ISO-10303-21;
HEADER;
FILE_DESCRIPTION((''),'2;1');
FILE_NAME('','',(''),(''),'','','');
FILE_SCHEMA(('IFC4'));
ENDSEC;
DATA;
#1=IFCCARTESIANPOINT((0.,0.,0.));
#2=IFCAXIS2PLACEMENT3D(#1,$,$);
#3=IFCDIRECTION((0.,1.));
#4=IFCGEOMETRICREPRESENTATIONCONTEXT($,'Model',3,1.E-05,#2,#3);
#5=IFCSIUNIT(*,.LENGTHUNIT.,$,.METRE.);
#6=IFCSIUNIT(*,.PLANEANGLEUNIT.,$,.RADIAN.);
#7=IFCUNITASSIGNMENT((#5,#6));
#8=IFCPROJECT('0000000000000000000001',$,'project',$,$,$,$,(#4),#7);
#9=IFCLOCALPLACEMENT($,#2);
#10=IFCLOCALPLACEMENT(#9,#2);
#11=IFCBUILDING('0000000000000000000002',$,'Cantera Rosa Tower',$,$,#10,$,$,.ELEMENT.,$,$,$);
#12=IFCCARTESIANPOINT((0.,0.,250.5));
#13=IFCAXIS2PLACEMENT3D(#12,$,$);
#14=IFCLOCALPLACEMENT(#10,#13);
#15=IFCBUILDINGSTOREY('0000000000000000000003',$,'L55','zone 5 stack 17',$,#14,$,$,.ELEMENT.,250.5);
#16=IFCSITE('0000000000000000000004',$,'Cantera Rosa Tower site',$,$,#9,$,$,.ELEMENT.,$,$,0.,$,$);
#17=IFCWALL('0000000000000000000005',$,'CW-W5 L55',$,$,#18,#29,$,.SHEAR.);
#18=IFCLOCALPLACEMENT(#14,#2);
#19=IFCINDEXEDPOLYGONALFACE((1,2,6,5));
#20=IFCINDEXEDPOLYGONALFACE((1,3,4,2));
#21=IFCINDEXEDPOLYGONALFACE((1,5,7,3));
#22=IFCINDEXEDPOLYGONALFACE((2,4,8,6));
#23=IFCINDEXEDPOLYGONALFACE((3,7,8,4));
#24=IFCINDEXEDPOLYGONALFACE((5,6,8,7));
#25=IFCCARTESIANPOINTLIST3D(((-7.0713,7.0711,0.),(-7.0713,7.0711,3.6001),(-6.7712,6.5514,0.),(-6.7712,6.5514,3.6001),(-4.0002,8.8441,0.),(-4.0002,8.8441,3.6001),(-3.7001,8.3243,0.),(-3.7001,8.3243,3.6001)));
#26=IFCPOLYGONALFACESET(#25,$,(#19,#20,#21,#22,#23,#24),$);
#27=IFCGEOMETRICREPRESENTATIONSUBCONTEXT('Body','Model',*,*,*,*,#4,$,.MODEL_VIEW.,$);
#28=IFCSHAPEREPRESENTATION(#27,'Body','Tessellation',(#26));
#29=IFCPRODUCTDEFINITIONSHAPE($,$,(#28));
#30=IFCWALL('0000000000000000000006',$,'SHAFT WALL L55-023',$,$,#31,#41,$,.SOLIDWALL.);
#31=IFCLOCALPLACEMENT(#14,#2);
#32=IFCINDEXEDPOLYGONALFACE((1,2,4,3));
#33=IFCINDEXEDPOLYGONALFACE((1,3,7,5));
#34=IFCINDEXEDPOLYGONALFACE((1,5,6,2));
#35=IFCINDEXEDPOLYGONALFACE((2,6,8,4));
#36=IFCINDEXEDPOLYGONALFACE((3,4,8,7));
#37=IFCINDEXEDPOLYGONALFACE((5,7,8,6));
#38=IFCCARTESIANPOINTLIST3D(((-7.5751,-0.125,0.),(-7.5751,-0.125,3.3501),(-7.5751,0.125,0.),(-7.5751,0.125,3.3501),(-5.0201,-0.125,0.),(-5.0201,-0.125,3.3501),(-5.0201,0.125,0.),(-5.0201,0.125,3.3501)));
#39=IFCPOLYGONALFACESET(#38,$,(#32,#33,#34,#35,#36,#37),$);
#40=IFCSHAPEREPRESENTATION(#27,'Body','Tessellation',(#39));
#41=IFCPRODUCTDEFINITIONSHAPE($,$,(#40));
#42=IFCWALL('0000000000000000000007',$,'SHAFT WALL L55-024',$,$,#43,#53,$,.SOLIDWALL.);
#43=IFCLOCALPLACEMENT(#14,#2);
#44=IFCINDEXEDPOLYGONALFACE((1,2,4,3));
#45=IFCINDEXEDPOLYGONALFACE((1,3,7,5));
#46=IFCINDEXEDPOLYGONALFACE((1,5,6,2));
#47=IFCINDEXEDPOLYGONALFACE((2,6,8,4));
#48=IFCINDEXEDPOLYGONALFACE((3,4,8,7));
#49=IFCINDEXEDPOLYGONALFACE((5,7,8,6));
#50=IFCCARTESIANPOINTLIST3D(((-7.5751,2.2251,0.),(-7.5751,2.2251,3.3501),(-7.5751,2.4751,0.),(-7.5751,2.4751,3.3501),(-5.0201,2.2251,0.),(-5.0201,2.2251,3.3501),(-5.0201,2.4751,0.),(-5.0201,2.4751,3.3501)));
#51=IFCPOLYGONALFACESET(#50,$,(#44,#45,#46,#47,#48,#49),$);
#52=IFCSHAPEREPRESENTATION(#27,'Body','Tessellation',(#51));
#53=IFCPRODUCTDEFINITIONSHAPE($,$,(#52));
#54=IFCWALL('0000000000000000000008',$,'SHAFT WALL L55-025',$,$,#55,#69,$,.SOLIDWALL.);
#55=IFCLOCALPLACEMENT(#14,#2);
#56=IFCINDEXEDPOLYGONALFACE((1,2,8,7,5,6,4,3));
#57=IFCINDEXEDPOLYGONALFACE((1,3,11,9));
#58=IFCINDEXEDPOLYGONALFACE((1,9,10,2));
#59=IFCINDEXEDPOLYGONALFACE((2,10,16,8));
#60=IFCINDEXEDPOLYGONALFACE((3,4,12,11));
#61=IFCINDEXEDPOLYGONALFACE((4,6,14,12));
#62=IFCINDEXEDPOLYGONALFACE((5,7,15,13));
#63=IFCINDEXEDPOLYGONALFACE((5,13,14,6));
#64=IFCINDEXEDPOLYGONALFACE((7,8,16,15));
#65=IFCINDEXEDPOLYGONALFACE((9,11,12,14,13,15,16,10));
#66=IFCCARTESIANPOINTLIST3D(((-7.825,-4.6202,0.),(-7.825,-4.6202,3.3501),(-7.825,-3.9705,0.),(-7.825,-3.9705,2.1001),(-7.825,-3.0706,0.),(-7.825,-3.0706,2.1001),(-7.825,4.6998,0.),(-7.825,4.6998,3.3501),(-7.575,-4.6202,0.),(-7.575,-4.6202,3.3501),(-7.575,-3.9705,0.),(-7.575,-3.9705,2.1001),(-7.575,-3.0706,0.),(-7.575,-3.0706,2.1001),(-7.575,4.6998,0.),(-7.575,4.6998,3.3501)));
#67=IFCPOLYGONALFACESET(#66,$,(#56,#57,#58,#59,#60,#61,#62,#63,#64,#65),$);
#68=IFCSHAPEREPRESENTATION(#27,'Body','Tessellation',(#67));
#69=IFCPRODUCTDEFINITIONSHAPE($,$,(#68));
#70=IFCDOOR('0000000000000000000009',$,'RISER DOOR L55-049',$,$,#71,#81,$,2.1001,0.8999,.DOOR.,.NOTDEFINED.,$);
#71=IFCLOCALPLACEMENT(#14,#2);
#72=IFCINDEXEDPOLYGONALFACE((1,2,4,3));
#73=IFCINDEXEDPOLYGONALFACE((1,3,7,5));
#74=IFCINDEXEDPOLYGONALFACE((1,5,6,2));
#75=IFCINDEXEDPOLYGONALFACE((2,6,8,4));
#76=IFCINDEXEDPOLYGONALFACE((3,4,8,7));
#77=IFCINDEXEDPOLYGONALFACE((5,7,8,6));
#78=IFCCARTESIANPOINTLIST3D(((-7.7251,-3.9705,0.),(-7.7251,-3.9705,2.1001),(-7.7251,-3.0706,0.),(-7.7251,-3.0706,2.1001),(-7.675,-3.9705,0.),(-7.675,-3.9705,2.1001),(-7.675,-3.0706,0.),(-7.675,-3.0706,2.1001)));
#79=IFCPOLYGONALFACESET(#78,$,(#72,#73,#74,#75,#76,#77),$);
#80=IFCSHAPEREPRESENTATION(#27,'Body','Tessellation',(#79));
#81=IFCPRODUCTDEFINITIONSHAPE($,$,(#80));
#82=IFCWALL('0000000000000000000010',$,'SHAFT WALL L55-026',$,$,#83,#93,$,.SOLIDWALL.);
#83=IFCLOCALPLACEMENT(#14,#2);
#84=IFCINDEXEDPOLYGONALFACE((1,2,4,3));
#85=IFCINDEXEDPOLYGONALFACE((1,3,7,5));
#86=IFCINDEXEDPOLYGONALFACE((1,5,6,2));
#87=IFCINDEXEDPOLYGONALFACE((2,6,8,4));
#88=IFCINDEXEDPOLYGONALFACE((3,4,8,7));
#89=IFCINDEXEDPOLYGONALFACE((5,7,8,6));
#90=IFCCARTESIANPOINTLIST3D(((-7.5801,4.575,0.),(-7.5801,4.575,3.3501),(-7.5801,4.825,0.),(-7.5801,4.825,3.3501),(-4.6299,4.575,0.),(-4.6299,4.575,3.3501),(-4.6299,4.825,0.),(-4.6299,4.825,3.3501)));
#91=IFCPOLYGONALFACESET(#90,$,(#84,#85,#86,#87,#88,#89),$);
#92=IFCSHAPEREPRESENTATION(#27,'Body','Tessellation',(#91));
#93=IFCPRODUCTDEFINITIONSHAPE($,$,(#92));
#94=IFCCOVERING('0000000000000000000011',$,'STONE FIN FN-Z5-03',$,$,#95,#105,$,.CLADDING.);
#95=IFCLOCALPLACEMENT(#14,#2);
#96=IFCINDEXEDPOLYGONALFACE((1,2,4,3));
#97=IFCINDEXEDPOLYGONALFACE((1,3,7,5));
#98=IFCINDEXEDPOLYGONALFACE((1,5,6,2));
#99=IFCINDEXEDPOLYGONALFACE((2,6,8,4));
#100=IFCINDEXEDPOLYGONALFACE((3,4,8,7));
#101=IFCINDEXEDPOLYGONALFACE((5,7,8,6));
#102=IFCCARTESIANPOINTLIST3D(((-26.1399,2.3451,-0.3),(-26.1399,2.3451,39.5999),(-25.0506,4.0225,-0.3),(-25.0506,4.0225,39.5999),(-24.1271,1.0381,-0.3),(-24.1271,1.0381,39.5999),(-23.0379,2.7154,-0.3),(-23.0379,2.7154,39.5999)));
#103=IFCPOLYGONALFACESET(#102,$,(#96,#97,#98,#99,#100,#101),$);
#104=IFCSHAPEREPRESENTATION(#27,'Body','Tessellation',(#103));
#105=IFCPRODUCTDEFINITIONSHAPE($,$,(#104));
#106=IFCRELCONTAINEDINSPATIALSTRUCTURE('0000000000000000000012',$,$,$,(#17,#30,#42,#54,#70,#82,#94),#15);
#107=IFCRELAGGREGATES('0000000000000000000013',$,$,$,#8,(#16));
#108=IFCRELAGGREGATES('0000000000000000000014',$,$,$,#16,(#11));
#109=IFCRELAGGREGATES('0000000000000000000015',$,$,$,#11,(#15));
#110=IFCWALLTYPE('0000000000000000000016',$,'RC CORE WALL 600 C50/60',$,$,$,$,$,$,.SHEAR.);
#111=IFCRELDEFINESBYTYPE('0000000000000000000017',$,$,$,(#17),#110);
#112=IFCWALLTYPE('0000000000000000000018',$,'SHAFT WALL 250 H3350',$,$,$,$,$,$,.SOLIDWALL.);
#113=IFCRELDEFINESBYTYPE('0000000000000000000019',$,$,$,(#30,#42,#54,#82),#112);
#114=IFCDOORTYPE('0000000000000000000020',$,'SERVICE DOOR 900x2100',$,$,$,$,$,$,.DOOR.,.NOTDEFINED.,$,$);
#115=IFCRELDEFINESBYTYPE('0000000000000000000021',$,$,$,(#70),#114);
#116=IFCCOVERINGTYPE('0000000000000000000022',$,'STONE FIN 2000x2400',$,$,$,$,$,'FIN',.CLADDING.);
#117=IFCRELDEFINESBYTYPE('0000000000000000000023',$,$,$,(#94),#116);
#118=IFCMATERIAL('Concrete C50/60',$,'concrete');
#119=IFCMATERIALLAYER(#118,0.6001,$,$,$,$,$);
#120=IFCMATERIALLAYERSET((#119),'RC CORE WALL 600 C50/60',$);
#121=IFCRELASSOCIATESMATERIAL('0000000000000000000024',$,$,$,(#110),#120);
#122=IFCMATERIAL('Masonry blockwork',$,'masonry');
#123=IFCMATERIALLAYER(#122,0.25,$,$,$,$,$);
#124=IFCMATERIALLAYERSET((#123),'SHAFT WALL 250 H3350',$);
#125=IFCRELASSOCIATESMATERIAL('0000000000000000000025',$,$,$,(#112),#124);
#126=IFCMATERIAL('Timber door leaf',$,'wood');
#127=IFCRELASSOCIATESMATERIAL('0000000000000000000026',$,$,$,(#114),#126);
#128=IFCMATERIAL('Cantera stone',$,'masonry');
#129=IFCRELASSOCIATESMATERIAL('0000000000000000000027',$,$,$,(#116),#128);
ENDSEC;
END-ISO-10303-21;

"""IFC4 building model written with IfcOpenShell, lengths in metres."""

from ifc_helpers import new_model, si_unit, direction, frame, frame_2d, origin, origin_2d, place, context, subcontext, project, spatial, rectangle, extrude, material, layer, layer_set, type_object, element, fill, save


model = new_model("IFC4")

# Units and contexts
model_context = context("Model", 3, precision=1e-05, world=origin(), true_north=direction((0.0, 1.0)))
body_context = subcontext(model_context, "Body", "Model", "MODEL_VIEW")
ifc_project = project(units=[si_unit("LENGTHUNIT", "METRE"), si_unit("PLANEANGLEUNIT", "RADIAN")], contexts=[model_context])

# Site, building, storey
site_placement = place(None, origin())
site = spatial("IfcSite", under=ifc_project, at=site_placement, Name="Cantera Rosa Tower site", CompositionType="ELEMENT", RefElevation=0.0)
building_placement = place(site_placement, origin())
building = spatial("IfcBuilding", under=site, at=building_placement, Name="Cantera Rosa Tower", CompositionType="ELEMENT")
storey_placement = place(building_placement, frame((0.0, 0.0, 250.5)))
storey = spatial("IfcBuildingStorey", under=building, at=storey_placement, Name="L55", Description="zone 5 stack 17", CompositionType="ELEMENT", Elevation=250.5)

# Walls
ifc_material_1 = material(Name="Concrete C50/60", Category="concrete")
ifc_layer_1 = layer(ifc_material_1, 0.6001)
ifc_layer_set_1 = layer_set([ifc_layer_1], Name="RC CORE WALL 600 C50/60")
wall_type_1 = type_object("IfcWallType", Name="RC CORE WALL 600 C50/60", PredefinedType="SHEAR", material=ifc_layer_set_1)
wall_1_placement = place(storey_placement, frame((-6.9211, 6.8113, 0.0), z_axis=(0.0, 0.0, 1.0), x_axis=(0.86604, 0.499975, 0.0)))
element("IfcWall", 1, at=wall_1_placement, inside=storey, type_object=wall_type_1, Name="CW-W5 L55", PredefinedType="SHEAR", context=body_context, shape_type="SweptSolid", body=[
    extrude(rectangle(XDim=3.5461, YDim=0.6001, at=frame_2d((1.7729, 0.0))), origin(), (0.0, 0.0, 1.0), 3.6001),
])
ifc_material_2 = material(Name="Masonry blockwork", Category="masonry")
ifc_layer_2 = layer(ifc_material_2, 0.25)
ifc_layer_set_2 = layer_set([ifc_layer_2], Name="SHAFT WALL 250 H3350")
wall_type_2 = type_object("IfcWallType", Name="SHAFT WALL 250 H3350", PredefinedType="SOLIDWALL", material=ifc_layer_set_2)
for number, where, z_axis, x_axis, name in (
    (2, (-7.575, 0.0, 0.0), (0.0, 0.0, 1.0), (1.0, 0.0, 0.0), "SHAFT WALL L55-023"),
    (3, (-7.575, 2.3501, 0.0), (0.0, 0.0, 1.0), (1.0, 0.0, 0.0), "SHAFT WALL L55-024"),
):
    element("IfcWall", number, at=place(storey_placement, frame(where, z_axis=z_axis, x_axis=x_axis)), inside=storey, type_object=wall_type_2, Name=name, PredefinedType="SOLIDWALL", context=body_context, shape_type="SweptSolid", body=[
        extrude(rectangle(XDim=2.5549, YDim=0.25, at=frame_2d((1.2773, 0.0))), origin(), (0.0, 0.0, 1.0), 3.3501),
    ])

# Wall, opening, door
wall_2_placement = place(storey_placement, frame((-7.7, 4.7, 0.0), z_axis=(0.0, 0.0, 1.0), x_axis=(0.0, -1.0, 0.0)))
wall_2 = element("IfcWall", 4, at=wall_2_placement, inside=storey, type_object=wall_type_2, Name="SHAFT WALL L55-025", PredefinedType="SOLIDWALL", context=body_context, shape_type="SweptSolid", body=[
    extrude(rectangle(XDim=9.3201, YDim=0.25, at=frame_2d((4.6602, 0.0))), origin(), (0.0, 0.0, 1.0), 3.3501),
])
opening_1_placement = place(wall_2_placement, frame((7.7705, 0.0, 0.0)))
opening_1 = element("IfcOpeningElement", 5, at=opening_1_placement, cuts=wall_2, PredefinedType="OPENING", context=body_context, shape_type="SweptSolid", body=[
    extrude(rectangle(XDim=0.8999, YDim=2.1001, at=frame_2d((0.45, 1.05))), frame((0.0, 0.135, 0.0), z_axis=(0.0, -1.0, 0.0), x_axis=(1.0, 0.0, 0.0)), (0.0, 0.0, 1.0), 0.27),
])
ifc_material_3 = material(Name="Timber door leaf", Category="wood")
door_type_1 = type_object("IfcDoorType", Name="SERVICE DOOR 900x2100", OperationType="NOTDEFINED", PredefinedType="DOOR", material=ifc_material_3)
door_1_placement = place(opening_1_placement, origin())
door_1 = element("IfcDoor", 6, at=door_1_placement, inside=storey, type_object=door_type_1, Name="RISER DOOR L55-049", OperationType="NOTDEFINED", OverallHeight=2.1001, OverallWidth=0.8999, PredefinedType="DOOR", context=body_context, shape_type="SweptSolid", body=[
    extrude(rectangle(XDim=0.8999, YDim=2.1001, at=frame_2d((0.45, 1.05))), frame((0.0, 0.0249, 0.0), z_axis=(0.0, -1.0, 0.0), x_axis=(1.0, 0.0, 0.0)), (0.0, 0.0, 1.0), 0.05),
])
fill(opening_1, door_1)

# Wall
wall_3_placement = place(storey_placement, frame((-7.5801, 4.7, 0.0), z_axis=(0.0, 0.0, 1.0), x_axis=(1.0, 0.0, 0.0)))
element("IfcWall", 7, at=wall_3_placement, inside=storey, type_object=wall_type_2, Name="SHAFT WALL L55-026", PredefinedType="SOLIDWALL", context=body_context, shape_type="SweptSolid", body=[
    extrude(rectangle(XDim=2.9502, YDim=0.25, at=frame_2d((1.4751, 0.0))), origin(), (0.0, 0.0, 1.0), 3.3501),
])

# Covering
ifc_material_4 = material(Name="Cantera stone", Category="masonry")
covering_type = type_object("IfcCoveringType", Name="STONE FIN 2000x2400", ElementType="FIN", PredefinedType="CLADDING", material=ifc_material_4)
covering_placement = place(storey_placement, frame((-24.5889, 2.5303, -0.3), z_axis=(0.0, 0.0, 1.0), x_axis=(-0.544639, -0.838671, 0.0)))
element("IfcCovering", 8, at=covering_placement, inside=storey, type_object=covering_type, Name="STONE FIN FN-Z5-03", PredefinedType="CLADDING", context=body_context, shape_type="SweptSolid", body=[
    extrude(rectangle(XDim=2.0, YDim=2.3999, at=origin_2d()), origin(), (0.0, 0.0, 1.0), 39.8999),
])

save(model, "model.ifc")
